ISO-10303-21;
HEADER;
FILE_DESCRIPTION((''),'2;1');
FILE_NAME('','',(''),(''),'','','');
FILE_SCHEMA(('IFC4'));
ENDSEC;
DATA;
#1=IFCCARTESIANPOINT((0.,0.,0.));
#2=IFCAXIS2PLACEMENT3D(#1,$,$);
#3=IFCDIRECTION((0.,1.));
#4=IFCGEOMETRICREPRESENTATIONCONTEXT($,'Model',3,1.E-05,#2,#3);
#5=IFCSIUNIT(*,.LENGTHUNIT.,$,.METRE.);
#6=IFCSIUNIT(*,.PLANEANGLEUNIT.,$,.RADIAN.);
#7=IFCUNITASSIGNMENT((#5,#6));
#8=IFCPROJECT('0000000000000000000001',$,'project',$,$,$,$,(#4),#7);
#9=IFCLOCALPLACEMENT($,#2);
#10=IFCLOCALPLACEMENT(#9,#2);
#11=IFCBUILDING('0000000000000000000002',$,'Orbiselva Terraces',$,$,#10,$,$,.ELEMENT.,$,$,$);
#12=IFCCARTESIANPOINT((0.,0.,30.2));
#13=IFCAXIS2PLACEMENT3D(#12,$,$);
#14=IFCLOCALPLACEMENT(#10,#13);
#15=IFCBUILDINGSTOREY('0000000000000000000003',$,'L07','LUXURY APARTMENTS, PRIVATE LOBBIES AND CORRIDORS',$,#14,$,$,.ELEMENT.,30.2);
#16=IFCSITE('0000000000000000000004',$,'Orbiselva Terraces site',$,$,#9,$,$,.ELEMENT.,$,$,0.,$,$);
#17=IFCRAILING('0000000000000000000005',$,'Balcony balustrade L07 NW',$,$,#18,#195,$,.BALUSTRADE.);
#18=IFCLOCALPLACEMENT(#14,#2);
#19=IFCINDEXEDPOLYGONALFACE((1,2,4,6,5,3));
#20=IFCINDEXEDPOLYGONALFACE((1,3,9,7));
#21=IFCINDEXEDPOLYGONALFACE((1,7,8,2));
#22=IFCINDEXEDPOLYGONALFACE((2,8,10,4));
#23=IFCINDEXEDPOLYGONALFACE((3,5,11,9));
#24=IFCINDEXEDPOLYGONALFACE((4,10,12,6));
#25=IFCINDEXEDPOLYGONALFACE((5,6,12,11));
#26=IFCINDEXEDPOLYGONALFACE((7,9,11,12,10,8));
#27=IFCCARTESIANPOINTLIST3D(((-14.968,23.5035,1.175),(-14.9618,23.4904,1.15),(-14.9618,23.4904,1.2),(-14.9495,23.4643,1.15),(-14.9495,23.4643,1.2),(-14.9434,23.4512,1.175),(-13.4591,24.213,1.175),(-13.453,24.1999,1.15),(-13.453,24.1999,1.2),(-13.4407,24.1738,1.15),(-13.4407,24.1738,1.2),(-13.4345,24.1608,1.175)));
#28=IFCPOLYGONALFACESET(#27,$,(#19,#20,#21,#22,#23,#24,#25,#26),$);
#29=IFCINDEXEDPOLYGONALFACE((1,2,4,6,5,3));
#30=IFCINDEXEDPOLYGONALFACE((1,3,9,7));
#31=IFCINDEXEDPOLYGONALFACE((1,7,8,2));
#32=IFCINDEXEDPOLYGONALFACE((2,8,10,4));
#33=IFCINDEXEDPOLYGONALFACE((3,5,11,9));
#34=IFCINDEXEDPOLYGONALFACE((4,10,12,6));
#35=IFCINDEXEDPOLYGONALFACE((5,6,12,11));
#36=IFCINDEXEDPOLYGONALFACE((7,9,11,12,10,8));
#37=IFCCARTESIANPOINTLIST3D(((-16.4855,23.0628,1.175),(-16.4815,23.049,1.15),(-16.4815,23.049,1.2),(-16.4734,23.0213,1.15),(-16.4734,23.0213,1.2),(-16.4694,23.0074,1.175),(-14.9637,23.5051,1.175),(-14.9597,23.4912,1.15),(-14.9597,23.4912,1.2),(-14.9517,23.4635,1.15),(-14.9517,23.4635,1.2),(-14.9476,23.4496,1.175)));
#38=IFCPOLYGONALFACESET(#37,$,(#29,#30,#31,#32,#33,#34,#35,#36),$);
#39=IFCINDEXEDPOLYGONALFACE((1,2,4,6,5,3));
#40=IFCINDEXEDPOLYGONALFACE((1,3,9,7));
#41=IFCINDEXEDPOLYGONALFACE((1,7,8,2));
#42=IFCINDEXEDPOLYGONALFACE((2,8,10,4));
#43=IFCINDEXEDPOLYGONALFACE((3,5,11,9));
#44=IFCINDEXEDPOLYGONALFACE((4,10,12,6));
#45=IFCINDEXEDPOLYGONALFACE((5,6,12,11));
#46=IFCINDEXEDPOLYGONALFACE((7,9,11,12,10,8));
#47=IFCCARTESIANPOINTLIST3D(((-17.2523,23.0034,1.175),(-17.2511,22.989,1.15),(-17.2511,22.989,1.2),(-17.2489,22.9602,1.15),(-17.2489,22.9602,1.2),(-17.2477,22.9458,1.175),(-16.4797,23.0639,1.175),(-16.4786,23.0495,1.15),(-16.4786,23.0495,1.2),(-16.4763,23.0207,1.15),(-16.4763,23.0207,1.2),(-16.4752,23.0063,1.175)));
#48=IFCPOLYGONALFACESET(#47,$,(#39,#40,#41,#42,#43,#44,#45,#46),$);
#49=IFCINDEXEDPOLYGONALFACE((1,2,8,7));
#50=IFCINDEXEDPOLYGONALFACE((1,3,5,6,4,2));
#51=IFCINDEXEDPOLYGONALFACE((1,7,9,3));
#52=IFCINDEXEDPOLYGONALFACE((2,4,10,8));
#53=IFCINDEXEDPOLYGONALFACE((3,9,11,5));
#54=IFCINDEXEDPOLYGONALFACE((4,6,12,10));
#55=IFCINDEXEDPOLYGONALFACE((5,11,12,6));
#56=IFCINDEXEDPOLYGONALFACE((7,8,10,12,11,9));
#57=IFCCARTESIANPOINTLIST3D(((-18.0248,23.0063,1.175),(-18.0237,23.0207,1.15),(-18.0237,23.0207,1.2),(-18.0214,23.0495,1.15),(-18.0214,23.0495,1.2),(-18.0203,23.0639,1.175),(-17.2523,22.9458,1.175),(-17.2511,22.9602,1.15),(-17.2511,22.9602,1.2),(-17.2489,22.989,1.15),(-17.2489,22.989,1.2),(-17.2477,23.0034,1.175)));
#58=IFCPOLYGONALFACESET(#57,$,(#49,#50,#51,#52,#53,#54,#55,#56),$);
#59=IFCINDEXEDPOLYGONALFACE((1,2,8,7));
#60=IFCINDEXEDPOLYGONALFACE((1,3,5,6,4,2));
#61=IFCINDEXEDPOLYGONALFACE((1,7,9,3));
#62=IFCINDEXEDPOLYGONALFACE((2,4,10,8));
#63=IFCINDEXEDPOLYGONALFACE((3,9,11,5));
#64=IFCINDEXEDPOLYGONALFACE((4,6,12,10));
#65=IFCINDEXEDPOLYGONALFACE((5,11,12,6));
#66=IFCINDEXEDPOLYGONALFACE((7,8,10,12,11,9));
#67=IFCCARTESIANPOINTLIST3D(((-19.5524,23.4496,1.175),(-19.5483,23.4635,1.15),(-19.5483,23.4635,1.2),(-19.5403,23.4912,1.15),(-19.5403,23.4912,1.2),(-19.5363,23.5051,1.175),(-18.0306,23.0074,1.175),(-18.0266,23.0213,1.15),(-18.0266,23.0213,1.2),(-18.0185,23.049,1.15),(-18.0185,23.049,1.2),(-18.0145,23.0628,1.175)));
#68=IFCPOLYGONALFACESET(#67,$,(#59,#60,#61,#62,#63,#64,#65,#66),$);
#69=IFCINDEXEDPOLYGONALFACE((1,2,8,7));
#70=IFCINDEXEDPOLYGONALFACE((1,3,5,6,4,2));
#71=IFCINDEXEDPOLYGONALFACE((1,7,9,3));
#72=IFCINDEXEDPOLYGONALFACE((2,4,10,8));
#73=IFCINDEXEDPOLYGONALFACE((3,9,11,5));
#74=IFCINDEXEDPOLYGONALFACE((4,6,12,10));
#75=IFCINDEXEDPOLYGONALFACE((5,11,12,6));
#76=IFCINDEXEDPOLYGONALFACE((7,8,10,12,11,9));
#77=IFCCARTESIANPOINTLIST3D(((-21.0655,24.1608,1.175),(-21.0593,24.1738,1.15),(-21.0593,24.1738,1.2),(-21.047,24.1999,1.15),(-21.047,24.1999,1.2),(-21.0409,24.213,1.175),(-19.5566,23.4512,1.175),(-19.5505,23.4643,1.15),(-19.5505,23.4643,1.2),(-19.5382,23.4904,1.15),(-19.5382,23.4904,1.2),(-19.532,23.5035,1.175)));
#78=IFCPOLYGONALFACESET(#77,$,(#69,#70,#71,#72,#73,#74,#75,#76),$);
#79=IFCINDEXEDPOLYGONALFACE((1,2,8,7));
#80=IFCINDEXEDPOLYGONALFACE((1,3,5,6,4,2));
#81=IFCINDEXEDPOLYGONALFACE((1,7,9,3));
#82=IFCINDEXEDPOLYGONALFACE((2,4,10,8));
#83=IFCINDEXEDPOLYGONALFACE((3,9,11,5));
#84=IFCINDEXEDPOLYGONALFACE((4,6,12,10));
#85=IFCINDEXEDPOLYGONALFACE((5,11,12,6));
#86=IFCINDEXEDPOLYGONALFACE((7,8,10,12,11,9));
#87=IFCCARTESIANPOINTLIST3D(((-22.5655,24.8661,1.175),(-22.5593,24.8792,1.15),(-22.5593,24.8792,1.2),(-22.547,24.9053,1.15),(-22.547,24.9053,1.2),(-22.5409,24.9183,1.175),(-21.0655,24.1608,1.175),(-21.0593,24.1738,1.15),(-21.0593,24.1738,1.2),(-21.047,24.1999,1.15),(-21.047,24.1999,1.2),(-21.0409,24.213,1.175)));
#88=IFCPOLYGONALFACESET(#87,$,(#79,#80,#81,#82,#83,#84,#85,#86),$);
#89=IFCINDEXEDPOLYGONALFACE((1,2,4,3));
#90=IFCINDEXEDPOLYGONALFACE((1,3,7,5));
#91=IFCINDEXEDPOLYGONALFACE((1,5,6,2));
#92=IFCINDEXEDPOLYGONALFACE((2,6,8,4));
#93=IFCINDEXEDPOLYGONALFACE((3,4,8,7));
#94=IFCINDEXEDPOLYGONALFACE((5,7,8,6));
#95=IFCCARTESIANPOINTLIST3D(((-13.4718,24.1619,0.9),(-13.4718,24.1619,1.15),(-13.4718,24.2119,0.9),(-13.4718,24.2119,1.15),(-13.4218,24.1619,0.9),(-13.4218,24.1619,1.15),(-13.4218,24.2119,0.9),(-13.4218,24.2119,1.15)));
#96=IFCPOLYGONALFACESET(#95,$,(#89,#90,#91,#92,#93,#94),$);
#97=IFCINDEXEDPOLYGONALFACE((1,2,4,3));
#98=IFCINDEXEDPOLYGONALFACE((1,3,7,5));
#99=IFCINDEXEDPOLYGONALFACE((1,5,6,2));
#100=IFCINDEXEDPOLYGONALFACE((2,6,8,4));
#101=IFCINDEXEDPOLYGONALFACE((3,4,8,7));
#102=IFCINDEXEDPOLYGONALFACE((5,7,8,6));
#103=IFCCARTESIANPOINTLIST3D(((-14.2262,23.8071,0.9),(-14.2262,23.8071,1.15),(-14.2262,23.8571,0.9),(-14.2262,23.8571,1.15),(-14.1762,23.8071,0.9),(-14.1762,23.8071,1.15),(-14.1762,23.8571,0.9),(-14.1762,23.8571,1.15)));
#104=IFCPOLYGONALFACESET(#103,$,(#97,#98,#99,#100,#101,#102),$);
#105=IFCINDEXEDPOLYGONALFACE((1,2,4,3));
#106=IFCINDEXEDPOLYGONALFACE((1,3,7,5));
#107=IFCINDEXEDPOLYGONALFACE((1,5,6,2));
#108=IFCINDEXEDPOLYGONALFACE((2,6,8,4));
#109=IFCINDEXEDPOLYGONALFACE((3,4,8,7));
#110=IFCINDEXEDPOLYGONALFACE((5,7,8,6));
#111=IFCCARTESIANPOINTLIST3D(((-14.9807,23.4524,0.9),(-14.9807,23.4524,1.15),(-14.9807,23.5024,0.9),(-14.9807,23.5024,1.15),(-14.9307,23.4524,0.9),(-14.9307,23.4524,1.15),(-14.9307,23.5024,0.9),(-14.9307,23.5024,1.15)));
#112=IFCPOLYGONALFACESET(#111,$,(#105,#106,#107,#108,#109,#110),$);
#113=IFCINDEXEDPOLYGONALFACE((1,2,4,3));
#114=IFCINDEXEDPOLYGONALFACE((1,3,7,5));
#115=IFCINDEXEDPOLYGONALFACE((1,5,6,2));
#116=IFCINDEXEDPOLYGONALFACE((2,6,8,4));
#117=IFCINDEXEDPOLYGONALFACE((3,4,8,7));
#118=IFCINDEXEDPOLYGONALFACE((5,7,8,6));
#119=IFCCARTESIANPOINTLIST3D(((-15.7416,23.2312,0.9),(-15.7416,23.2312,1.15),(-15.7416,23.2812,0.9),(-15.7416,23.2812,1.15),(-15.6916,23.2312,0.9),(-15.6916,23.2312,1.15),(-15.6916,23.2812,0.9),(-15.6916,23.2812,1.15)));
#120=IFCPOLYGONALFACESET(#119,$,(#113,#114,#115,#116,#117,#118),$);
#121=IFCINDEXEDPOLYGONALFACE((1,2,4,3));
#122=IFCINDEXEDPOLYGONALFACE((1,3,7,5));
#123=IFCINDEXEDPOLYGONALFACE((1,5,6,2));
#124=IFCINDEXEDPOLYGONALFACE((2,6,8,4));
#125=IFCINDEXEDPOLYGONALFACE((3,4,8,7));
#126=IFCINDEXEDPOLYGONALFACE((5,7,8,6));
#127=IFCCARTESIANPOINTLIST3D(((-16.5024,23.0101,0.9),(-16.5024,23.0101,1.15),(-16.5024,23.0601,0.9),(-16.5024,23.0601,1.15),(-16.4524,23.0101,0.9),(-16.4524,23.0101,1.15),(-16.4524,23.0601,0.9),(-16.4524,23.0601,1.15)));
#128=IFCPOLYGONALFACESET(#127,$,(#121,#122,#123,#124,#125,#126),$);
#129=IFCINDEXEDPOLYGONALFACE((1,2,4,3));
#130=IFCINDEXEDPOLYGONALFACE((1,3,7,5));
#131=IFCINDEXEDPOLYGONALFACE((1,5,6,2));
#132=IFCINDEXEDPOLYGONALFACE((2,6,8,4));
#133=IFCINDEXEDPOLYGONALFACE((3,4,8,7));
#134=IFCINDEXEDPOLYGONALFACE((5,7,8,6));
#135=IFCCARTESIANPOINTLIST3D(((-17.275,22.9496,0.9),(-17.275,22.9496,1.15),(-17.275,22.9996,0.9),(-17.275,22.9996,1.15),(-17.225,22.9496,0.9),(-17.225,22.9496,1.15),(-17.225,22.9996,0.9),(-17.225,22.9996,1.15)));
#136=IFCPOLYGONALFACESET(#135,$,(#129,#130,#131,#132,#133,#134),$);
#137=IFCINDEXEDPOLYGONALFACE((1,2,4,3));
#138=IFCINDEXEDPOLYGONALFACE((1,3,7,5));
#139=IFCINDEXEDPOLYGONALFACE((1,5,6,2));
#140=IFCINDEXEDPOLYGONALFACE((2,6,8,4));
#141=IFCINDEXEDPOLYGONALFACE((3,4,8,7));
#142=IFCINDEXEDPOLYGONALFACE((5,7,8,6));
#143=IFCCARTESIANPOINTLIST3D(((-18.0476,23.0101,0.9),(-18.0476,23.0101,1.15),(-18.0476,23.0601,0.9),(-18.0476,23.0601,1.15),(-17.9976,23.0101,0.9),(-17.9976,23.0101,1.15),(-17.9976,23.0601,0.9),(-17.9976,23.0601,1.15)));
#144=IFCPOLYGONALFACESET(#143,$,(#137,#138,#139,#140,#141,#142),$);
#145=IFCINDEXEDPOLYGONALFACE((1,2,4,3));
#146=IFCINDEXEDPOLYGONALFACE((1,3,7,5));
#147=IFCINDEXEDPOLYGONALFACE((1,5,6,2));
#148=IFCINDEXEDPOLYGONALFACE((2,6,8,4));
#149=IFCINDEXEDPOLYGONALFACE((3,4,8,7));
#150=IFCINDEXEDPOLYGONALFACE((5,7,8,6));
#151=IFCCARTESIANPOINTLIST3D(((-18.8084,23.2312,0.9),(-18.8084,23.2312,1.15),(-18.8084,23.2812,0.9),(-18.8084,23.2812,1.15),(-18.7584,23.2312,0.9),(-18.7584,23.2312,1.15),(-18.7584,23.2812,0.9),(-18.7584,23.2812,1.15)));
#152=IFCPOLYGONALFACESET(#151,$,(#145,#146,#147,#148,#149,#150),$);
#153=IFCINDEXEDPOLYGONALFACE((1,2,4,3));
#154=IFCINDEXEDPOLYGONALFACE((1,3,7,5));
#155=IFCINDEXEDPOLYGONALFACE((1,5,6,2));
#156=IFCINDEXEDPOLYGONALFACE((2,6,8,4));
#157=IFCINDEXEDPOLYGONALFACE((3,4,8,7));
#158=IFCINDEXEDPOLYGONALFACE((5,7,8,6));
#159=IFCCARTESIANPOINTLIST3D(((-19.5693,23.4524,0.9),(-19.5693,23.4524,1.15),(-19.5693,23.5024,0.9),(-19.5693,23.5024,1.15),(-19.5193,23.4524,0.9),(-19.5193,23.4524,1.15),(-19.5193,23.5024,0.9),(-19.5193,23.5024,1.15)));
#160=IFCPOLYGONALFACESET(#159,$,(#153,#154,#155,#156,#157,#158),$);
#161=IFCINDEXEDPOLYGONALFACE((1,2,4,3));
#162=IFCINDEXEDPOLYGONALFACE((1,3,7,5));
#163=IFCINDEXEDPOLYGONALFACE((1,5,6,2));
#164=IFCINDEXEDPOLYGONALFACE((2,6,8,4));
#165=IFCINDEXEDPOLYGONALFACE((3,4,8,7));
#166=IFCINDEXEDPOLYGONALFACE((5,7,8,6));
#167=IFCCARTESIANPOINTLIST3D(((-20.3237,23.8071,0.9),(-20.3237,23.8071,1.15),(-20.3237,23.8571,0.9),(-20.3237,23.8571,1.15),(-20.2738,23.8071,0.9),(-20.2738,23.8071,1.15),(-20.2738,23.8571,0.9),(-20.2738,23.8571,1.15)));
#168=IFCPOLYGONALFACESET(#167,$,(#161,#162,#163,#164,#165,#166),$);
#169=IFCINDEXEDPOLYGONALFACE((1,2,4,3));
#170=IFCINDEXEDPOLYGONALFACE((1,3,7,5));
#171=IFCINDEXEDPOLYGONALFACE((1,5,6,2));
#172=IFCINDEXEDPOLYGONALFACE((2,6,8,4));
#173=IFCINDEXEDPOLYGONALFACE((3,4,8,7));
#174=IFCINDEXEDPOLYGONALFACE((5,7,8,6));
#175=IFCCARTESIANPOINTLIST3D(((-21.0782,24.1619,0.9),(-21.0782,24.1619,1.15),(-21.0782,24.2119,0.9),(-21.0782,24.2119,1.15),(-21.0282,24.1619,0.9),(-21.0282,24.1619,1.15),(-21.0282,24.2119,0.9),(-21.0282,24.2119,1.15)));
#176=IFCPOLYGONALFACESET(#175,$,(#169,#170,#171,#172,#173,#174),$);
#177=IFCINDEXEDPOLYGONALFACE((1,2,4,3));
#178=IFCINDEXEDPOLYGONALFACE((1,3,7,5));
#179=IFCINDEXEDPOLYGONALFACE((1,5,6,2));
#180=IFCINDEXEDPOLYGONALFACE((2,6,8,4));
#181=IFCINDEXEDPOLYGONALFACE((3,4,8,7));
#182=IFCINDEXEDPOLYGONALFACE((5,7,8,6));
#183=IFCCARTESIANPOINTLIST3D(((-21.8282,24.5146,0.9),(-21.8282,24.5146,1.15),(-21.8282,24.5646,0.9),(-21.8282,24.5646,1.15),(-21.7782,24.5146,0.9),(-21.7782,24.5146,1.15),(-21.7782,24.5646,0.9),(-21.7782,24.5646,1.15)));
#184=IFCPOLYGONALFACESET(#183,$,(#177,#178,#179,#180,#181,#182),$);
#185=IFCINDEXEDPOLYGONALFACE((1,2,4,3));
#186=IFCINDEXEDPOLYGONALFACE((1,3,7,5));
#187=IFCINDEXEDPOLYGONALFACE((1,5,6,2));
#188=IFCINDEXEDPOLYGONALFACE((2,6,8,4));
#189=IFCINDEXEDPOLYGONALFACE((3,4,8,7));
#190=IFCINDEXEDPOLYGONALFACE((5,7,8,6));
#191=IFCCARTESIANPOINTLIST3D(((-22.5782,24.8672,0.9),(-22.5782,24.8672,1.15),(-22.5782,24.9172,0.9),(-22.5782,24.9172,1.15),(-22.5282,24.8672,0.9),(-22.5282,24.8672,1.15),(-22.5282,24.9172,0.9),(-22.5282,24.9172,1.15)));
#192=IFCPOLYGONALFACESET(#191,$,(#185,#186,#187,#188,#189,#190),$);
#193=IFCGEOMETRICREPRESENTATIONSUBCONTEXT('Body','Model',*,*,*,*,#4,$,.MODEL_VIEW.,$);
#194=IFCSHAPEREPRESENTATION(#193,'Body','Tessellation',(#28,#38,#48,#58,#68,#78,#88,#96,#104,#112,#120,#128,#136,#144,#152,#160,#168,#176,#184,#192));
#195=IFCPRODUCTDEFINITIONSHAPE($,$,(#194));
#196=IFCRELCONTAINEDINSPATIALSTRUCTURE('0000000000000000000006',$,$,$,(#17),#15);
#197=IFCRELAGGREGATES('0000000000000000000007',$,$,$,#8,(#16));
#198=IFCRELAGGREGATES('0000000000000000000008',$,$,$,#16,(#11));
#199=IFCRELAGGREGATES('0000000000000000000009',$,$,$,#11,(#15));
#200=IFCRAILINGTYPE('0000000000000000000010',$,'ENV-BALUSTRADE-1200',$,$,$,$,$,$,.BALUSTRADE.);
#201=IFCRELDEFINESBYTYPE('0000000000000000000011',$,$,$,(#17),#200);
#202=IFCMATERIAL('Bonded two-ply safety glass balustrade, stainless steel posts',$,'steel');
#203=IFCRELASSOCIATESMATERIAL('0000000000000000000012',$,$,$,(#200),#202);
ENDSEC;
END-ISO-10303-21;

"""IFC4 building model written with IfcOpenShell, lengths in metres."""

from ifc_helpers import new_model, si_unit, direction, frame, origin, origin_2d, place, context, subcontext, project, spatial, polyline, rectangle, outline, extrude, material, type_object, element, save


model = new_model("IFC4")

# Units and contexts
model_context = context("Model", 3, precision=1e-05, world=origin(), true_north=direction((0.0, 1.0)))
body_context = subcontext(model_context, "Body", "Model", "MODEL_VIEW")
ifc_project = project(units=[si_unit("LENGTHUNIT", "METRE"), si_unit("PLANEANGLEUNIT", "RADIAN")], contexts=[model_context])

# Site, building, storey
site_placement = place(None, origin())
site = spatial("IfcSite", under=ifc_project, at=site_placement, Name="Orbiselva Terraces site", CompositionType="ELEMENT", RefElevation=0.0)
building_placement = place(site_placement, origin())
building = spatial("IfcBuilding", under=site, at=building_placement, Name="Orbiselva Terraces", CompositionType="ELEMENT")
storey_placement = place(building_placement, frame((0.0, 0.0, 30.2)))
storey = spatial("IfcBuildingStorey", under=building, at=storey_placement, Name="L07", Description="LUXURY APARTMENTS, PRIVATE LOBBIES AND CORRIDORS", CompositionType="ELEMENT", Elevation=30.2)

# Railing
ifc_material_1 = material(Name="Bonded two-ply safety glass balustrade, stainless steel posts", Category="steel")
railing_type_1 = type_object("IfcRailingType", Name="ENV-BALUSTRADE-1200", PredefinedType="BALUSTRADE", material=ifc_material_1)
railing_1_placement = place(storey_placement, frame((-13.4468, 24.1869, 0.9)))
element("IfcRailing", 1, at=railing_1_placement, inside=storey, type_object=railing_type_1, Name="Balcony balustrade L07 NW", PredefinedType="BALUSTRADE", context=body_context, shape_type="SweptSolid", body=[
    extrude(outline(polyline([(0.0289, 0.0), (0.0144, 0.025), (-0.0144, 0.025), (-0.0289, 0.0), (-0.0144, -0.025), (0.0144, -0.025), (0.0289, 0.0)])), frame((0.0, 0.0, 0.275), z_axis=(-0.904944, -0.42553, 0.0), x_axis=(0.42553, -0.904944, 0.0)), (0.0, 0.0, 1.0), 1.6674),
    extrude(outline(polyline([(0.0289, 0.0), (0.0144, 0.025), (-0.0144, 0.025), (-0.0289, 0.0), (-0.0144, -0.025), (0.0144, -0.025), (0.0289, 0.0)])), frame((-1.5089, -0.7095, 0.275), z_axis=(-0.96027, -0.279071, 0.0), x_axis=(0.279071, -0.96027, 0.0)), (0.0, 0.0, 1.0), 1.5847),
    extrude(outline(polyline([(0.0289, 0.0), (0.0144, 0.025), (-0.0144, 0.025), (-0.0289, 0.0), (-0.0144, -0.025), (0.0144, -0.025), (0.0289, 0.0)])), frame((-3.0306, -1.1518, 0.275), z_axis=(-0.996948, -0.078071, 0.0), x_axis=(0.078071, -0.996948, 0.0)), (0.0, 0.0, 1.0), 0.7749),
    extrude(outline(polyline([(0.0289, 0.0), (0.0144, 0.025), (-0.0144, 0.025), (-0.0289, 0.0), (-0.0144, -0.025), (0.0144, -0.025), (0.0289, 0.0)])), frame((-3.8032, -1.2123, 0.275), z_axis=(-0.996948, 0.078071, 0.0), x_axis=(-0.078071, -0.996948, 0.0)), (0.0, 0.0, 1.0), 0.7749),
    extrude(outline(polyline([(0.0289, 0.0), (0.0144, 0.025), (-0.0144, 0.025), (-0.0289, 0.0), (-0.0144, -0.025), (0.0144, -0.025), (0.0289, 0.0)])), frame((-4.5757, -1.1518, 0.275), z_axis=(-0.96027, 0.279071, 0.0), x_axis=(-0.279071, -0.96027, 0.0)), (0.0, 0.0, 1.0), 1.5847),
    extrude(outline(polyline([(0.0289, 0.0), (0.0144, 0.025), (-0.0144, 0.025), (-0.0289, 0.0), (-0.0144, -0.025), (0.0144, -0.025), (0.0289, 0.0)])), frame((-6.0975, -0.7095, 0.275), z_axis=(-0.904944, 0.42553, 0.0), x_axis=(-0.42553, -0.904944, 0.0)), (0.0, 0.0, 1.0), 1.6674),
    extrude(outline(polyline([(0.0289, 0.0), (0.0144, 0.025), (-0.0144, 0.025), (-0.0289, 0.0), (-0.0144, -0.025), (0.0144, -0.025), (0.0289, 0.0)])), frame((-7.6064, 0.0, 0.275), z_axis=(-0.904944, 0.42553, 0.0), x_axis=(-0.42553, -0.904944, 0.0)), (0.0, 0.0, 1.0), 1.6576),
    extrude(rectangle(XDim=0.05, YDim=0.05, at=origin_2d()), origin(), (0.0, 0.0, 1.0), 0.25),
    extrude(rectangle(XDim=0.05, YDim=0.05, at=origin_2d()), frame((-0.7544, -0.3548, 0.0)), (0.0, 0.0, 1.0), 0.25),
    extrude(rectangle(XDim=0.05, YDim=0.05, at=origin_2d()), frame((-1.5089, -0.7095, 0.0)), (0.0, 0.0, 1.0), 0.25),
    extrude(rectangle(XDim=0.05, YDim=0.05, at=origin_2d()), frame((-2.2698, -0.9306, 0.0)), (0.0, 0.0, 1.0), 0.25),
    extrude(rectangle(XDim=0.05, YDim=0.05, at=origin_2d()), frame((-3.0306, -1.1518, 0.0)), (0.0, 0.0, 1.0), 0.25),
    extrude(rectangle(XDim=0.05, YDim=0.05, at=origin_2d()), frame((-3.8032, -1.2123, 0.0)), (0.0, 0.0, 1.0), 0.25),
    extrude(rectangle(XDim=0.05, YDim=0.05, at=origin_2d()), frame((-4.5757, -1.1518, 0.0)), (0.0, 0.0, 1.0), 0.25),
    extrude(rectangle(XDim=0.05, YDim=0.05, at=origin_2d()), frame((-5.3366, -0.9306, 0.0)), (0.0, 0.0, 1.0), 0.25),
    extrude(rectangle(XDim=0.05, YDim=0.05, at=origin_2d()), frame((-6.0975, -0.7095, 0.0)), (0.0, 0.0, 1.0), 0.25),
    extrude(rectangle(XDim=0.05, YDim=0.05, at=origin_2d()), frame((-6.8519, -0.3548, 0.0)), (0.0, 0.0, 1.0), 0.25),
    extrude(rectangle(XDim=0.05, YDim=0.05, at=origin_2d()), frame((-7.6064, 0.0, 0.0)), (0.0, 0.0, 1.0), 0.25),
    extrude(rectangle(XDim=0.05, YDim=0.05, at=origin_2d()), frame((-8.3564, 0.3527, 0.0)), (0.0, 0.0, 1.0), 0.25),
    extrude(rectangle(XDim=0.05, YDim=0.05, at=origin_2d()), frame((-9.1064, 0.7053, 0.0)), (0.0, 0.0, 1.0), 0.25),
])

save(model, "model.ifc")
